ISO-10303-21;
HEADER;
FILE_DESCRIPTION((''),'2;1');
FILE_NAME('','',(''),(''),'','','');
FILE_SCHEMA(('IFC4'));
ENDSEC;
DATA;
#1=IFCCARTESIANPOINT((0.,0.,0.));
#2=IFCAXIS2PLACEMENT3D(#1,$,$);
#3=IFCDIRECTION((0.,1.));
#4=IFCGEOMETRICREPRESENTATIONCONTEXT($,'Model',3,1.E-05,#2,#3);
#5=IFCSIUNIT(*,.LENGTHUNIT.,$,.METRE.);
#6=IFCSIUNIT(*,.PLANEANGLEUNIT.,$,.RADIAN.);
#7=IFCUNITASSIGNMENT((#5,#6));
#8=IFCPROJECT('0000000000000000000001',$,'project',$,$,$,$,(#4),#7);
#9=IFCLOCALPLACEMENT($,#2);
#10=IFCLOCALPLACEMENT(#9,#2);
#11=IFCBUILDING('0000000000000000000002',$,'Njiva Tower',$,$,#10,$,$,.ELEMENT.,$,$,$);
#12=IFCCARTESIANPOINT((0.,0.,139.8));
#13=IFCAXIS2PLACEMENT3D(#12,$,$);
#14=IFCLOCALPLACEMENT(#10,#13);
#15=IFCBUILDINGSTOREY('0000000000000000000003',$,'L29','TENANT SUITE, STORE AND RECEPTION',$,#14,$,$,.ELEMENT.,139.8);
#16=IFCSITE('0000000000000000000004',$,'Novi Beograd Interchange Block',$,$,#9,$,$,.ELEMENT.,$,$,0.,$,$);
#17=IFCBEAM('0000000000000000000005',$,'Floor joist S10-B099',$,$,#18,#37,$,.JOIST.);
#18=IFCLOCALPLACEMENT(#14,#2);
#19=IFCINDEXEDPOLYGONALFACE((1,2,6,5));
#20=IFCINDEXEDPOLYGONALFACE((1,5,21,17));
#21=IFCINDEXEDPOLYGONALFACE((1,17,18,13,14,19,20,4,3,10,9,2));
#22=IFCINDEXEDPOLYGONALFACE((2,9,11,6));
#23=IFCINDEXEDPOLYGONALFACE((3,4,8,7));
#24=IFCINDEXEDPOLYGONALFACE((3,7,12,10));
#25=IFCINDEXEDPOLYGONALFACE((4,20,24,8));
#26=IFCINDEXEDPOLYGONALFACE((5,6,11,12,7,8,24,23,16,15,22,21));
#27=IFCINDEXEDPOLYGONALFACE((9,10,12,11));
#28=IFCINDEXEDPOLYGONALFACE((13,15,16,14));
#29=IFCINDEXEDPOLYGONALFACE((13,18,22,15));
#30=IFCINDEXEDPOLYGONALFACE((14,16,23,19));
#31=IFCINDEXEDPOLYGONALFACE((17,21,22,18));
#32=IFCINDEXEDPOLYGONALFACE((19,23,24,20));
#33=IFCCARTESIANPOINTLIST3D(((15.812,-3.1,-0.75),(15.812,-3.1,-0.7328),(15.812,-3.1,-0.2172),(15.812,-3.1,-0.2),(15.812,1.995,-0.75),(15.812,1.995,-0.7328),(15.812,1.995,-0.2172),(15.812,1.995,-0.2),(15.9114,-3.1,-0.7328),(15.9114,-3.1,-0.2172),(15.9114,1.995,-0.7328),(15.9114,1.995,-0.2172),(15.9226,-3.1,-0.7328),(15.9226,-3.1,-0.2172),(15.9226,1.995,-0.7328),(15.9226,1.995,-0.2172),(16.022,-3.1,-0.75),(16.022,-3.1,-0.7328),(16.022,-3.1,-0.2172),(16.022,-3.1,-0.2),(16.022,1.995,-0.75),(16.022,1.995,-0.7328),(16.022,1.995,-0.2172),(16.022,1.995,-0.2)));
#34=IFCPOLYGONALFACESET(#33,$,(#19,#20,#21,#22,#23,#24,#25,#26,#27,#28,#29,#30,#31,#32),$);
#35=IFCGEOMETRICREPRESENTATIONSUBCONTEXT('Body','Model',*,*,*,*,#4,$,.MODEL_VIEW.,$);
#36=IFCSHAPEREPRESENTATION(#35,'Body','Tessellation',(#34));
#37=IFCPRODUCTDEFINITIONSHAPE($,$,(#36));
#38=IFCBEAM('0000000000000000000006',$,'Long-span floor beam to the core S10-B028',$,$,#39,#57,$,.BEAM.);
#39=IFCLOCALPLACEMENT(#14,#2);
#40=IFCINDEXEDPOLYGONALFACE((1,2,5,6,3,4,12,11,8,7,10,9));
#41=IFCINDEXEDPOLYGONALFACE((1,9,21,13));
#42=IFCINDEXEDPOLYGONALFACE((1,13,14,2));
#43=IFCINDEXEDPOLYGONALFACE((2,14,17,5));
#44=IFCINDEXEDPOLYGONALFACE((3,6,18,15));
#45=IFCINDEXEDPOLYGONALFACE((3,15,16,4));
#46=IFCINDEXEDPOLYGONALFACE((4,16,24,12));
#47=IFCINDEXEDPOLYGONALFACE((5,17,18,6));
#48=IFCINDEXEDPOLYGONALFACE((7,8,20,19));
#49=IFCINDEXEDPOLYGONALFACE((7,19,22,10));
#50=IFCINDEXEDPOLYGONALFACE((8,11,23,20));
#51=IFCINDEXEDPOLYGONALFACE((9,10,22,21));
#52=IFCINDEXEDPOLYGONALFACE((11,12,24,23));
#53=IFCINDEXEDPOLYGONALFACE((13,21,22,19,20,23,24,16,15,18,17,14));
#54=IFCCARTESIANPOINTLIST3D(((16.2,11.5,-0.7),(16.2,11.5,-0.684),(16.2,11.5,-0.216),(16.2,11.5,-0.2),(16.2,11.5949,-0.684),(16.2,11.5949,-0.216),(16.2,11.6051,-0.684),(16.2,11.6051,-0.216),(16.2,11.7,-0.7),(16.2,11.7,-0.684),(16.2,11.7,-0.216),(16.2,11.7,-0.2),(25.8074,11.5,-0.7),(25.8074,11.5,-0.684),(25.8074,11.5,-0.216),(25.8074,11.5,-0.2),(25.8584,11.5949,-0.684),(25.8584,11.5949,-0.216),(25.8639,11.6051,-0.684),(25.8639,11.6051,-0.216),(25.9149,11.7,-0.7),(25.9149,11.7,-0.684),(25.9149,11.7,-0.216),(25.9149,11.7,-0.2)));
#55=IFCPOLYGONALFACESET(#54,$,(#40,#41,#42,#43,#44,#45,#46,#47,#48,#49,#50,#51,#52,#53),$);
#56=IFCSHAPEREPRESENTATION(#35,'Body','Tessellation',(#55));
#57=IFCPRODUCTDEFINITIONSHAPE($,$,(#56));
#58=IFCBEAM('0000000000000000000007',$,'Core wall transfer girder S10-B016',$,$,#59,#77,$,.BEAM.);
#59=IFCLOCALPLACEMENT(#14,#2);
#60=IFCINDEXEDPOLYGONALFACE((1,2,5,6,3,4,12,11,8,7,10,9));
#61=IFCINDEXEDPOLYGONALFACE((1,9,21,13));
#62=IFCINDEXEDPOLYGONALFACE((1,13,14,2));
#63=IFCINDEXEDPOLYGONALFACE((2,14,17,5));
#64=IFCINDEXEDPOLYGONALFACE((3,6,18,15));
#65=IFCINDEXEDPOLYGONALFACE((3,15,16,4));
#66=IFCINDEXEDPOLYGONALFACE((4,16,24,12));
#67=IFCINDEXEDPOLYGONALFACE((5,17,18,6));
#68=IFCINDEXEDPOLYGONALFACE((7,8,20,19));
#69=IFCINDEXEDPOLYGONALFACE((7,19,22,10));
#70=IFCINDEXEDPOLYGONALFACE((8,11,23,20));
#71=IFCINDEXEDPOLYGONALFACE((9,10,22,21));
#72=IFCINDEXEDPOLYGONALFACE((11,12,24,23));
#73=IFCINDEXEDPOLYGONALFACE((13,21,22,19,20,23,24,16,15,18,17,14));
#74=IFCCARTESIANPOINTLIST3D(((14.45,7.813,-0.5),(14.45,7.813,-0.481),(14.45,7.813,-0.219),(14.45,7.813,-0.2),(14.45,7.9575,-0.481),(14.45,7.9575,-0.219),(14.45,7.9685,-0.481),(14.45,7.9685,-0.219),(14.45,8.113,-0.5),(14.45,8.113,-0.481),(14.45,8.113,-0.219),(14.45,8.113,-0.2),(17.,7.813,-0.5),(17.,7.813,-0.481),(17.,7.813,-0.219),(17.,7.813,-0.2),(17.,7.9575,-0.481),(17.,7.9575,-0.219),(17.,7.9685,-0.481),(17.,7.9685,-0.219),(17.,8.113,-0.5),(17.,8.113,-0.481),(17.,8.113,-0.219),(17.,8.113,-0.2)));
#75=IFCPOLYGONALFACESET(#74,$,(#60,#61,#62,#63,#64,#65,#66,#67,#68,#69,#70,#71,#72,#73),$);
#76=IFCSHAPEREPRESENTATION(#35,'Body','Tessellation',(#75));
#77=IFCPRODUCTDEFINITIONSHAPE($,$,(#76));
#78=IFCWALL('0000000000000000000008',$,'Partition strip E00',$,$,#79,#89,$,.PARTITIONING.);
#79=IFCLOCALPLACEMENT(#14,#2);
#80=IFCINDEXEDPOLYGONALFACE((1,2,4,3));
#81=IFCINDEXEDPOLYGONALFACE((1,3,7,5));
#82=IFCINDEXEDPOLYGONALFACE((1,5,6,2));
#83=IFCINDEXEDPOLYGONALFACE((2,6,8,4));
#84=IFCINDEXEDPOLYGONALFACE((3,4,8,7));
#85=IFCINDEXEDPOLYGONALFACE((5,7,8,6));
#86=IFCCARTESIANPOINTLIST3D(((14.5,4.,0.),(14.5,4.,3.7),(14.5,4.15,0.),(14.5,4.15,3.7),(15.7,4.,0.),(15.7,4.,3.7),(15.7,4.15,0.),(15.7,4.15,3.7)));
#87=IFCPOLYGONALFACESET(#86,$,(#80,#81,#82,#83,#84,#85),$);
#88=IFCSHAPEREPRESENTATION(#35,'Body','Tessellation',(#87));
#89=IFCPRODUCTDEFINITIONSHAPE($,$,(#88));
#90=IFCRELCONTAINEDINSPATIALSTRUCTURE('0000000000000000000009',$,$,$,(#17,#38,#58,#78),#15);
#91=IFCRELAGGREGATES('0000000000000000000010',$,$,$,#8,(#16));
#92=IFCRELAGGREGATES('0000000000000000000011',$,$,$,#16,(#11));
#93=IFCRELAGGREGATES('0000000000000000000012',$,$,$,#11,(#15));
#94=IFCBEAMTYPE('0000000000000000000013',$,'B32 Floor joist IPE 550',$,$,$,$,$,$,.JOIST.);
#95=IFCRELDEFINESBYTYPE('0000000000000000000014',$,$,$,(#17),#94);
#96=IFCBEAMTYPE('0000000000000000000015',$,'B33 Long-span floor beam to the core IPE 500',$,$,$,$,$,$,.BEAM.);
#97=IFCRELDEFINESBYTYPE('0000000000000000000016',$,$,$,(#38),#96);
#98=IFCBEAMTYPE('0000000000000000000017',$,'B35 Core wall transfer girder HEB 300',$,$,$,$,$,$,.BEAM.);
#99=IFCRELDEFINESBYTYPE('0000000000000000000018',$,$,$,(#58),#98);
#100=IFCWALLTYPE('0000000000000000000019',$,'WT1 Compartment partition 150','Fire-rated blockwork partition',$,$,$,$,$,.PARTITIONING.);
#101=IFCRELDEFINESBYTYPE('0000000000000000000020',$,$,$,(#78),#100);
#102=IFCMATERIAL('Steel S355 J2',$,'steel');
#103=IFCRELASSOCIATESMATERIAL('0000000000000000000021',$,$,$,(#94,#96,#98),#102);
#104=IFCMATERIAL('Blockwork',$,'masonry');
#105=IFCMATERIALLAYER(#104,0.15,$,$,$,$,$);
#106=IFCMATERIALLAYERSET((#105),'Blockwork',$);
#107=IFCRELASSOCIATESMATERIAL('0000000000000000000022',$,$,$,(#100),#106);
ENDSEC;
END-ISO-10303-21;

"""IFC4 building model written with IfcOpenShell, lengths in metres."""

from ifc_helpers import new_model, si_unit, direction, frame, frame_2d, origin, origin_2d, place, context, subcontext, project, spatial, rectangle, i_section, extrude, clip, halfspace, material, layer, layer_set, material_profile, profile_set, type_object, element, save


model = new_model("IFC4")

# Units and contexts
model_context = context("Model", 3, precision=1e-05, world=origin(), true_north=direction((0.0, 1.0)))
body_context = subcontext(model_context, "Body", "Model", "MODEL_VIEW")
ifc_project = project(units=[si_unit("LENGTHUNIT", "METRE"), si_unit("PLANEANGLEUNIT", "RADIAN")], contexts=[model_context])

# Site, building, storey
site_placement = place(None, origin())
site = spatial("IfcSite", under=ifc_project, at=site_placement, Name="Novi Beograd Interchange Block", CompositionType="ELEMENT", RefElevation=0.0)
building_placement = place(site_placement, origin())
building = spatial("IfcBuilding", under=site, at=building_placement, Name="Njiva Tower", CompositionType="ELEMENT")
storey_placement = place(building_placement, frame((0.0, 0.0, 139.8)))
storey = spatial("IfcBuildingStorey", under=building, at=storey_placement, Name="L29", Description="TENANT SUITE, STORE AND RECEPTION", CompositionType="ELEMENT", Elevation=139.8)

# Shared definitions
ifc_material_1 = material(Name="Steel S355 J2", Category="steel")

# Beams
ifc_material_profile_1 = material_profile(ifc_material_1, i_section(OverallWidth=0.21, OverallDepth=0.55, WebThickness=0.0111, FlangeThickness=0.0172, at=origin_2d()), Name="IPE 550")
ifc_profile_set_1 = profile_set([ifc_material_profile_1], Name="Steel S355 J2")
beam_type_1 = type_object("IfcBeamType", Name="B32 Floor joist IPE 550", PredefinedType="JOIST", material=ifc_profile_set_1)
beam_1_placement = place(storey_placement, frame((15.917, 1.995, -0.475), z_axis=(0.0, -1.0, 0.0), x_axis=(1.0, 0.0, 0.0)))
element("IfcBeam", 1, at=beam_1_placement, inside=storey, type_object=beam_type_1, Name="Floor joist S10-B099", PredefinedType="JOIST", context=body_context, shape_type="SweptSolid", body=[
    extrude(i_section(OverallWidth=0.21, OverallDepth=0.55, WebThickness=0.0111, FlangeThickness=0.0172, at=origin_2d()), origin(), (0.0, 0.0, 1.0), 5.095),
])
ifc_material_profile_2 = material_profile(ifc_material_1, i_section(OverallWidth=0.2, OverallDepth=0.5, WebThickness=0.0102, FlangeThickness=0.016, at=origin_2d()), Name="IPE 500")
ifc_profile_set_2 = profile_set([ifc_material_profile_2], Name="Steel S355 J2")
beam_type_2 = type_object("IfcBeamType", Name="B33 Long-span floor beam to the core IPE 500", PredefinedType="BEAM", material=ifc_profile_set_2)
beam_2_placement = place(storey_placement, frame((16.2, 11.6, -0.45), z_axis=(1.0, 0.0, 0.0), x_axis=(0.0, 1.0, 0.0)))
element("IfcBeam", 2, at=beam_2_placement, inside=storey, type_object=beam_type_2, Name="Long-span floor beam to the core S10-B028", PredefinedType="BEAM", context=body_context, shape_type="Clipping", body=[
    clip(extrude(i_section(OverallWidth=0.2, OverallDepth=0.5, WebThickness=0.0102, FlangeThickness=0.016, at=origin_2d()), origin(), (0.0, 0.0, 1.0), 9.735), halfspace(frame((-0.0237, 0.0, 9.6484), z_axis=(-0.473777, 0.0, 0.880645), x_axis=(0.0, 1.0, 0.0)), False)),
])
ifc_material_profile_3 = material_profile(ifc_material_1, i_section(OverallWidth=0.3, OverallDepth=0.3, WebThickness=0.011, FlangeThickness=0.019, at=origin_2d()), Name="HEB 300")
ifc_profile_set_3 = profile_set([ifc_material_profile_3], Name="Steel S355 J2")
beam_type_3 = type_object("IfcBeamType", Name="B35 Core wall transfer girder HEB 300", PredefinedType="BEAM", material=ifc_profile_set_3)
beam_3_placement = place(storey_placement, frame((14.45, 7.963, -0.35), z_axis=(1.0, 0.0, 0.0), x_axis=(0.0, 1.0, 0.0)))
element("IfcBeam", 3, at=beam_3_placement, inside=storey, type_object=beam_type_3, Name="Core wall transfer girder S10-B016", PredefinedType="BEAM", context=body_context, shape_type="SweptSolid", body=[
    extrude(i_section(OverallWidth=0.3, OverallDepth=0.3, WebThickness=0.011, FlangeThickness=0.019, at=origin_2d()), origin(), (0.0, 0.0, 1.0), 2.55),
])

# Wall
ifc_material_2 = material(Name="Blockwork", Category="masonry")
ifc_layer_1 = layer(ifc_material_2, 0.15)
ifc_layer_set_1 = layer_set([ifc_layer_1], Name="Blockwork")
wall_type_1 = type_object("IfcWallType", Name="WT1 Compartment partition 150", Description="Fire-rated blockwork partition", PredefinedType="PARTITIONING", material=ifc_layer_set_1)
wall_1_placement = place(storey_placement, frame((14.5, 4.075, 0.0), z_axis=(0.0, 0.0, 1.0), x_axis=(1.0, 0.0, 0.0)))
element("IfcWall", 4, at=wall_1_placement, inside=storey, type_object=wall_type_1, Name="Partition strip E00", PredefinedType="PARTITIONING", context=body_context, shape_type="SweptSolid", body=[
    extrude(rectangle(XDim=1.2, YDim=0.15, at=frame_2d((0.6, 0.0))), origin(), (0.0, 0.0, 1.0), 3.7),
])

save(model, "model.ifc")
